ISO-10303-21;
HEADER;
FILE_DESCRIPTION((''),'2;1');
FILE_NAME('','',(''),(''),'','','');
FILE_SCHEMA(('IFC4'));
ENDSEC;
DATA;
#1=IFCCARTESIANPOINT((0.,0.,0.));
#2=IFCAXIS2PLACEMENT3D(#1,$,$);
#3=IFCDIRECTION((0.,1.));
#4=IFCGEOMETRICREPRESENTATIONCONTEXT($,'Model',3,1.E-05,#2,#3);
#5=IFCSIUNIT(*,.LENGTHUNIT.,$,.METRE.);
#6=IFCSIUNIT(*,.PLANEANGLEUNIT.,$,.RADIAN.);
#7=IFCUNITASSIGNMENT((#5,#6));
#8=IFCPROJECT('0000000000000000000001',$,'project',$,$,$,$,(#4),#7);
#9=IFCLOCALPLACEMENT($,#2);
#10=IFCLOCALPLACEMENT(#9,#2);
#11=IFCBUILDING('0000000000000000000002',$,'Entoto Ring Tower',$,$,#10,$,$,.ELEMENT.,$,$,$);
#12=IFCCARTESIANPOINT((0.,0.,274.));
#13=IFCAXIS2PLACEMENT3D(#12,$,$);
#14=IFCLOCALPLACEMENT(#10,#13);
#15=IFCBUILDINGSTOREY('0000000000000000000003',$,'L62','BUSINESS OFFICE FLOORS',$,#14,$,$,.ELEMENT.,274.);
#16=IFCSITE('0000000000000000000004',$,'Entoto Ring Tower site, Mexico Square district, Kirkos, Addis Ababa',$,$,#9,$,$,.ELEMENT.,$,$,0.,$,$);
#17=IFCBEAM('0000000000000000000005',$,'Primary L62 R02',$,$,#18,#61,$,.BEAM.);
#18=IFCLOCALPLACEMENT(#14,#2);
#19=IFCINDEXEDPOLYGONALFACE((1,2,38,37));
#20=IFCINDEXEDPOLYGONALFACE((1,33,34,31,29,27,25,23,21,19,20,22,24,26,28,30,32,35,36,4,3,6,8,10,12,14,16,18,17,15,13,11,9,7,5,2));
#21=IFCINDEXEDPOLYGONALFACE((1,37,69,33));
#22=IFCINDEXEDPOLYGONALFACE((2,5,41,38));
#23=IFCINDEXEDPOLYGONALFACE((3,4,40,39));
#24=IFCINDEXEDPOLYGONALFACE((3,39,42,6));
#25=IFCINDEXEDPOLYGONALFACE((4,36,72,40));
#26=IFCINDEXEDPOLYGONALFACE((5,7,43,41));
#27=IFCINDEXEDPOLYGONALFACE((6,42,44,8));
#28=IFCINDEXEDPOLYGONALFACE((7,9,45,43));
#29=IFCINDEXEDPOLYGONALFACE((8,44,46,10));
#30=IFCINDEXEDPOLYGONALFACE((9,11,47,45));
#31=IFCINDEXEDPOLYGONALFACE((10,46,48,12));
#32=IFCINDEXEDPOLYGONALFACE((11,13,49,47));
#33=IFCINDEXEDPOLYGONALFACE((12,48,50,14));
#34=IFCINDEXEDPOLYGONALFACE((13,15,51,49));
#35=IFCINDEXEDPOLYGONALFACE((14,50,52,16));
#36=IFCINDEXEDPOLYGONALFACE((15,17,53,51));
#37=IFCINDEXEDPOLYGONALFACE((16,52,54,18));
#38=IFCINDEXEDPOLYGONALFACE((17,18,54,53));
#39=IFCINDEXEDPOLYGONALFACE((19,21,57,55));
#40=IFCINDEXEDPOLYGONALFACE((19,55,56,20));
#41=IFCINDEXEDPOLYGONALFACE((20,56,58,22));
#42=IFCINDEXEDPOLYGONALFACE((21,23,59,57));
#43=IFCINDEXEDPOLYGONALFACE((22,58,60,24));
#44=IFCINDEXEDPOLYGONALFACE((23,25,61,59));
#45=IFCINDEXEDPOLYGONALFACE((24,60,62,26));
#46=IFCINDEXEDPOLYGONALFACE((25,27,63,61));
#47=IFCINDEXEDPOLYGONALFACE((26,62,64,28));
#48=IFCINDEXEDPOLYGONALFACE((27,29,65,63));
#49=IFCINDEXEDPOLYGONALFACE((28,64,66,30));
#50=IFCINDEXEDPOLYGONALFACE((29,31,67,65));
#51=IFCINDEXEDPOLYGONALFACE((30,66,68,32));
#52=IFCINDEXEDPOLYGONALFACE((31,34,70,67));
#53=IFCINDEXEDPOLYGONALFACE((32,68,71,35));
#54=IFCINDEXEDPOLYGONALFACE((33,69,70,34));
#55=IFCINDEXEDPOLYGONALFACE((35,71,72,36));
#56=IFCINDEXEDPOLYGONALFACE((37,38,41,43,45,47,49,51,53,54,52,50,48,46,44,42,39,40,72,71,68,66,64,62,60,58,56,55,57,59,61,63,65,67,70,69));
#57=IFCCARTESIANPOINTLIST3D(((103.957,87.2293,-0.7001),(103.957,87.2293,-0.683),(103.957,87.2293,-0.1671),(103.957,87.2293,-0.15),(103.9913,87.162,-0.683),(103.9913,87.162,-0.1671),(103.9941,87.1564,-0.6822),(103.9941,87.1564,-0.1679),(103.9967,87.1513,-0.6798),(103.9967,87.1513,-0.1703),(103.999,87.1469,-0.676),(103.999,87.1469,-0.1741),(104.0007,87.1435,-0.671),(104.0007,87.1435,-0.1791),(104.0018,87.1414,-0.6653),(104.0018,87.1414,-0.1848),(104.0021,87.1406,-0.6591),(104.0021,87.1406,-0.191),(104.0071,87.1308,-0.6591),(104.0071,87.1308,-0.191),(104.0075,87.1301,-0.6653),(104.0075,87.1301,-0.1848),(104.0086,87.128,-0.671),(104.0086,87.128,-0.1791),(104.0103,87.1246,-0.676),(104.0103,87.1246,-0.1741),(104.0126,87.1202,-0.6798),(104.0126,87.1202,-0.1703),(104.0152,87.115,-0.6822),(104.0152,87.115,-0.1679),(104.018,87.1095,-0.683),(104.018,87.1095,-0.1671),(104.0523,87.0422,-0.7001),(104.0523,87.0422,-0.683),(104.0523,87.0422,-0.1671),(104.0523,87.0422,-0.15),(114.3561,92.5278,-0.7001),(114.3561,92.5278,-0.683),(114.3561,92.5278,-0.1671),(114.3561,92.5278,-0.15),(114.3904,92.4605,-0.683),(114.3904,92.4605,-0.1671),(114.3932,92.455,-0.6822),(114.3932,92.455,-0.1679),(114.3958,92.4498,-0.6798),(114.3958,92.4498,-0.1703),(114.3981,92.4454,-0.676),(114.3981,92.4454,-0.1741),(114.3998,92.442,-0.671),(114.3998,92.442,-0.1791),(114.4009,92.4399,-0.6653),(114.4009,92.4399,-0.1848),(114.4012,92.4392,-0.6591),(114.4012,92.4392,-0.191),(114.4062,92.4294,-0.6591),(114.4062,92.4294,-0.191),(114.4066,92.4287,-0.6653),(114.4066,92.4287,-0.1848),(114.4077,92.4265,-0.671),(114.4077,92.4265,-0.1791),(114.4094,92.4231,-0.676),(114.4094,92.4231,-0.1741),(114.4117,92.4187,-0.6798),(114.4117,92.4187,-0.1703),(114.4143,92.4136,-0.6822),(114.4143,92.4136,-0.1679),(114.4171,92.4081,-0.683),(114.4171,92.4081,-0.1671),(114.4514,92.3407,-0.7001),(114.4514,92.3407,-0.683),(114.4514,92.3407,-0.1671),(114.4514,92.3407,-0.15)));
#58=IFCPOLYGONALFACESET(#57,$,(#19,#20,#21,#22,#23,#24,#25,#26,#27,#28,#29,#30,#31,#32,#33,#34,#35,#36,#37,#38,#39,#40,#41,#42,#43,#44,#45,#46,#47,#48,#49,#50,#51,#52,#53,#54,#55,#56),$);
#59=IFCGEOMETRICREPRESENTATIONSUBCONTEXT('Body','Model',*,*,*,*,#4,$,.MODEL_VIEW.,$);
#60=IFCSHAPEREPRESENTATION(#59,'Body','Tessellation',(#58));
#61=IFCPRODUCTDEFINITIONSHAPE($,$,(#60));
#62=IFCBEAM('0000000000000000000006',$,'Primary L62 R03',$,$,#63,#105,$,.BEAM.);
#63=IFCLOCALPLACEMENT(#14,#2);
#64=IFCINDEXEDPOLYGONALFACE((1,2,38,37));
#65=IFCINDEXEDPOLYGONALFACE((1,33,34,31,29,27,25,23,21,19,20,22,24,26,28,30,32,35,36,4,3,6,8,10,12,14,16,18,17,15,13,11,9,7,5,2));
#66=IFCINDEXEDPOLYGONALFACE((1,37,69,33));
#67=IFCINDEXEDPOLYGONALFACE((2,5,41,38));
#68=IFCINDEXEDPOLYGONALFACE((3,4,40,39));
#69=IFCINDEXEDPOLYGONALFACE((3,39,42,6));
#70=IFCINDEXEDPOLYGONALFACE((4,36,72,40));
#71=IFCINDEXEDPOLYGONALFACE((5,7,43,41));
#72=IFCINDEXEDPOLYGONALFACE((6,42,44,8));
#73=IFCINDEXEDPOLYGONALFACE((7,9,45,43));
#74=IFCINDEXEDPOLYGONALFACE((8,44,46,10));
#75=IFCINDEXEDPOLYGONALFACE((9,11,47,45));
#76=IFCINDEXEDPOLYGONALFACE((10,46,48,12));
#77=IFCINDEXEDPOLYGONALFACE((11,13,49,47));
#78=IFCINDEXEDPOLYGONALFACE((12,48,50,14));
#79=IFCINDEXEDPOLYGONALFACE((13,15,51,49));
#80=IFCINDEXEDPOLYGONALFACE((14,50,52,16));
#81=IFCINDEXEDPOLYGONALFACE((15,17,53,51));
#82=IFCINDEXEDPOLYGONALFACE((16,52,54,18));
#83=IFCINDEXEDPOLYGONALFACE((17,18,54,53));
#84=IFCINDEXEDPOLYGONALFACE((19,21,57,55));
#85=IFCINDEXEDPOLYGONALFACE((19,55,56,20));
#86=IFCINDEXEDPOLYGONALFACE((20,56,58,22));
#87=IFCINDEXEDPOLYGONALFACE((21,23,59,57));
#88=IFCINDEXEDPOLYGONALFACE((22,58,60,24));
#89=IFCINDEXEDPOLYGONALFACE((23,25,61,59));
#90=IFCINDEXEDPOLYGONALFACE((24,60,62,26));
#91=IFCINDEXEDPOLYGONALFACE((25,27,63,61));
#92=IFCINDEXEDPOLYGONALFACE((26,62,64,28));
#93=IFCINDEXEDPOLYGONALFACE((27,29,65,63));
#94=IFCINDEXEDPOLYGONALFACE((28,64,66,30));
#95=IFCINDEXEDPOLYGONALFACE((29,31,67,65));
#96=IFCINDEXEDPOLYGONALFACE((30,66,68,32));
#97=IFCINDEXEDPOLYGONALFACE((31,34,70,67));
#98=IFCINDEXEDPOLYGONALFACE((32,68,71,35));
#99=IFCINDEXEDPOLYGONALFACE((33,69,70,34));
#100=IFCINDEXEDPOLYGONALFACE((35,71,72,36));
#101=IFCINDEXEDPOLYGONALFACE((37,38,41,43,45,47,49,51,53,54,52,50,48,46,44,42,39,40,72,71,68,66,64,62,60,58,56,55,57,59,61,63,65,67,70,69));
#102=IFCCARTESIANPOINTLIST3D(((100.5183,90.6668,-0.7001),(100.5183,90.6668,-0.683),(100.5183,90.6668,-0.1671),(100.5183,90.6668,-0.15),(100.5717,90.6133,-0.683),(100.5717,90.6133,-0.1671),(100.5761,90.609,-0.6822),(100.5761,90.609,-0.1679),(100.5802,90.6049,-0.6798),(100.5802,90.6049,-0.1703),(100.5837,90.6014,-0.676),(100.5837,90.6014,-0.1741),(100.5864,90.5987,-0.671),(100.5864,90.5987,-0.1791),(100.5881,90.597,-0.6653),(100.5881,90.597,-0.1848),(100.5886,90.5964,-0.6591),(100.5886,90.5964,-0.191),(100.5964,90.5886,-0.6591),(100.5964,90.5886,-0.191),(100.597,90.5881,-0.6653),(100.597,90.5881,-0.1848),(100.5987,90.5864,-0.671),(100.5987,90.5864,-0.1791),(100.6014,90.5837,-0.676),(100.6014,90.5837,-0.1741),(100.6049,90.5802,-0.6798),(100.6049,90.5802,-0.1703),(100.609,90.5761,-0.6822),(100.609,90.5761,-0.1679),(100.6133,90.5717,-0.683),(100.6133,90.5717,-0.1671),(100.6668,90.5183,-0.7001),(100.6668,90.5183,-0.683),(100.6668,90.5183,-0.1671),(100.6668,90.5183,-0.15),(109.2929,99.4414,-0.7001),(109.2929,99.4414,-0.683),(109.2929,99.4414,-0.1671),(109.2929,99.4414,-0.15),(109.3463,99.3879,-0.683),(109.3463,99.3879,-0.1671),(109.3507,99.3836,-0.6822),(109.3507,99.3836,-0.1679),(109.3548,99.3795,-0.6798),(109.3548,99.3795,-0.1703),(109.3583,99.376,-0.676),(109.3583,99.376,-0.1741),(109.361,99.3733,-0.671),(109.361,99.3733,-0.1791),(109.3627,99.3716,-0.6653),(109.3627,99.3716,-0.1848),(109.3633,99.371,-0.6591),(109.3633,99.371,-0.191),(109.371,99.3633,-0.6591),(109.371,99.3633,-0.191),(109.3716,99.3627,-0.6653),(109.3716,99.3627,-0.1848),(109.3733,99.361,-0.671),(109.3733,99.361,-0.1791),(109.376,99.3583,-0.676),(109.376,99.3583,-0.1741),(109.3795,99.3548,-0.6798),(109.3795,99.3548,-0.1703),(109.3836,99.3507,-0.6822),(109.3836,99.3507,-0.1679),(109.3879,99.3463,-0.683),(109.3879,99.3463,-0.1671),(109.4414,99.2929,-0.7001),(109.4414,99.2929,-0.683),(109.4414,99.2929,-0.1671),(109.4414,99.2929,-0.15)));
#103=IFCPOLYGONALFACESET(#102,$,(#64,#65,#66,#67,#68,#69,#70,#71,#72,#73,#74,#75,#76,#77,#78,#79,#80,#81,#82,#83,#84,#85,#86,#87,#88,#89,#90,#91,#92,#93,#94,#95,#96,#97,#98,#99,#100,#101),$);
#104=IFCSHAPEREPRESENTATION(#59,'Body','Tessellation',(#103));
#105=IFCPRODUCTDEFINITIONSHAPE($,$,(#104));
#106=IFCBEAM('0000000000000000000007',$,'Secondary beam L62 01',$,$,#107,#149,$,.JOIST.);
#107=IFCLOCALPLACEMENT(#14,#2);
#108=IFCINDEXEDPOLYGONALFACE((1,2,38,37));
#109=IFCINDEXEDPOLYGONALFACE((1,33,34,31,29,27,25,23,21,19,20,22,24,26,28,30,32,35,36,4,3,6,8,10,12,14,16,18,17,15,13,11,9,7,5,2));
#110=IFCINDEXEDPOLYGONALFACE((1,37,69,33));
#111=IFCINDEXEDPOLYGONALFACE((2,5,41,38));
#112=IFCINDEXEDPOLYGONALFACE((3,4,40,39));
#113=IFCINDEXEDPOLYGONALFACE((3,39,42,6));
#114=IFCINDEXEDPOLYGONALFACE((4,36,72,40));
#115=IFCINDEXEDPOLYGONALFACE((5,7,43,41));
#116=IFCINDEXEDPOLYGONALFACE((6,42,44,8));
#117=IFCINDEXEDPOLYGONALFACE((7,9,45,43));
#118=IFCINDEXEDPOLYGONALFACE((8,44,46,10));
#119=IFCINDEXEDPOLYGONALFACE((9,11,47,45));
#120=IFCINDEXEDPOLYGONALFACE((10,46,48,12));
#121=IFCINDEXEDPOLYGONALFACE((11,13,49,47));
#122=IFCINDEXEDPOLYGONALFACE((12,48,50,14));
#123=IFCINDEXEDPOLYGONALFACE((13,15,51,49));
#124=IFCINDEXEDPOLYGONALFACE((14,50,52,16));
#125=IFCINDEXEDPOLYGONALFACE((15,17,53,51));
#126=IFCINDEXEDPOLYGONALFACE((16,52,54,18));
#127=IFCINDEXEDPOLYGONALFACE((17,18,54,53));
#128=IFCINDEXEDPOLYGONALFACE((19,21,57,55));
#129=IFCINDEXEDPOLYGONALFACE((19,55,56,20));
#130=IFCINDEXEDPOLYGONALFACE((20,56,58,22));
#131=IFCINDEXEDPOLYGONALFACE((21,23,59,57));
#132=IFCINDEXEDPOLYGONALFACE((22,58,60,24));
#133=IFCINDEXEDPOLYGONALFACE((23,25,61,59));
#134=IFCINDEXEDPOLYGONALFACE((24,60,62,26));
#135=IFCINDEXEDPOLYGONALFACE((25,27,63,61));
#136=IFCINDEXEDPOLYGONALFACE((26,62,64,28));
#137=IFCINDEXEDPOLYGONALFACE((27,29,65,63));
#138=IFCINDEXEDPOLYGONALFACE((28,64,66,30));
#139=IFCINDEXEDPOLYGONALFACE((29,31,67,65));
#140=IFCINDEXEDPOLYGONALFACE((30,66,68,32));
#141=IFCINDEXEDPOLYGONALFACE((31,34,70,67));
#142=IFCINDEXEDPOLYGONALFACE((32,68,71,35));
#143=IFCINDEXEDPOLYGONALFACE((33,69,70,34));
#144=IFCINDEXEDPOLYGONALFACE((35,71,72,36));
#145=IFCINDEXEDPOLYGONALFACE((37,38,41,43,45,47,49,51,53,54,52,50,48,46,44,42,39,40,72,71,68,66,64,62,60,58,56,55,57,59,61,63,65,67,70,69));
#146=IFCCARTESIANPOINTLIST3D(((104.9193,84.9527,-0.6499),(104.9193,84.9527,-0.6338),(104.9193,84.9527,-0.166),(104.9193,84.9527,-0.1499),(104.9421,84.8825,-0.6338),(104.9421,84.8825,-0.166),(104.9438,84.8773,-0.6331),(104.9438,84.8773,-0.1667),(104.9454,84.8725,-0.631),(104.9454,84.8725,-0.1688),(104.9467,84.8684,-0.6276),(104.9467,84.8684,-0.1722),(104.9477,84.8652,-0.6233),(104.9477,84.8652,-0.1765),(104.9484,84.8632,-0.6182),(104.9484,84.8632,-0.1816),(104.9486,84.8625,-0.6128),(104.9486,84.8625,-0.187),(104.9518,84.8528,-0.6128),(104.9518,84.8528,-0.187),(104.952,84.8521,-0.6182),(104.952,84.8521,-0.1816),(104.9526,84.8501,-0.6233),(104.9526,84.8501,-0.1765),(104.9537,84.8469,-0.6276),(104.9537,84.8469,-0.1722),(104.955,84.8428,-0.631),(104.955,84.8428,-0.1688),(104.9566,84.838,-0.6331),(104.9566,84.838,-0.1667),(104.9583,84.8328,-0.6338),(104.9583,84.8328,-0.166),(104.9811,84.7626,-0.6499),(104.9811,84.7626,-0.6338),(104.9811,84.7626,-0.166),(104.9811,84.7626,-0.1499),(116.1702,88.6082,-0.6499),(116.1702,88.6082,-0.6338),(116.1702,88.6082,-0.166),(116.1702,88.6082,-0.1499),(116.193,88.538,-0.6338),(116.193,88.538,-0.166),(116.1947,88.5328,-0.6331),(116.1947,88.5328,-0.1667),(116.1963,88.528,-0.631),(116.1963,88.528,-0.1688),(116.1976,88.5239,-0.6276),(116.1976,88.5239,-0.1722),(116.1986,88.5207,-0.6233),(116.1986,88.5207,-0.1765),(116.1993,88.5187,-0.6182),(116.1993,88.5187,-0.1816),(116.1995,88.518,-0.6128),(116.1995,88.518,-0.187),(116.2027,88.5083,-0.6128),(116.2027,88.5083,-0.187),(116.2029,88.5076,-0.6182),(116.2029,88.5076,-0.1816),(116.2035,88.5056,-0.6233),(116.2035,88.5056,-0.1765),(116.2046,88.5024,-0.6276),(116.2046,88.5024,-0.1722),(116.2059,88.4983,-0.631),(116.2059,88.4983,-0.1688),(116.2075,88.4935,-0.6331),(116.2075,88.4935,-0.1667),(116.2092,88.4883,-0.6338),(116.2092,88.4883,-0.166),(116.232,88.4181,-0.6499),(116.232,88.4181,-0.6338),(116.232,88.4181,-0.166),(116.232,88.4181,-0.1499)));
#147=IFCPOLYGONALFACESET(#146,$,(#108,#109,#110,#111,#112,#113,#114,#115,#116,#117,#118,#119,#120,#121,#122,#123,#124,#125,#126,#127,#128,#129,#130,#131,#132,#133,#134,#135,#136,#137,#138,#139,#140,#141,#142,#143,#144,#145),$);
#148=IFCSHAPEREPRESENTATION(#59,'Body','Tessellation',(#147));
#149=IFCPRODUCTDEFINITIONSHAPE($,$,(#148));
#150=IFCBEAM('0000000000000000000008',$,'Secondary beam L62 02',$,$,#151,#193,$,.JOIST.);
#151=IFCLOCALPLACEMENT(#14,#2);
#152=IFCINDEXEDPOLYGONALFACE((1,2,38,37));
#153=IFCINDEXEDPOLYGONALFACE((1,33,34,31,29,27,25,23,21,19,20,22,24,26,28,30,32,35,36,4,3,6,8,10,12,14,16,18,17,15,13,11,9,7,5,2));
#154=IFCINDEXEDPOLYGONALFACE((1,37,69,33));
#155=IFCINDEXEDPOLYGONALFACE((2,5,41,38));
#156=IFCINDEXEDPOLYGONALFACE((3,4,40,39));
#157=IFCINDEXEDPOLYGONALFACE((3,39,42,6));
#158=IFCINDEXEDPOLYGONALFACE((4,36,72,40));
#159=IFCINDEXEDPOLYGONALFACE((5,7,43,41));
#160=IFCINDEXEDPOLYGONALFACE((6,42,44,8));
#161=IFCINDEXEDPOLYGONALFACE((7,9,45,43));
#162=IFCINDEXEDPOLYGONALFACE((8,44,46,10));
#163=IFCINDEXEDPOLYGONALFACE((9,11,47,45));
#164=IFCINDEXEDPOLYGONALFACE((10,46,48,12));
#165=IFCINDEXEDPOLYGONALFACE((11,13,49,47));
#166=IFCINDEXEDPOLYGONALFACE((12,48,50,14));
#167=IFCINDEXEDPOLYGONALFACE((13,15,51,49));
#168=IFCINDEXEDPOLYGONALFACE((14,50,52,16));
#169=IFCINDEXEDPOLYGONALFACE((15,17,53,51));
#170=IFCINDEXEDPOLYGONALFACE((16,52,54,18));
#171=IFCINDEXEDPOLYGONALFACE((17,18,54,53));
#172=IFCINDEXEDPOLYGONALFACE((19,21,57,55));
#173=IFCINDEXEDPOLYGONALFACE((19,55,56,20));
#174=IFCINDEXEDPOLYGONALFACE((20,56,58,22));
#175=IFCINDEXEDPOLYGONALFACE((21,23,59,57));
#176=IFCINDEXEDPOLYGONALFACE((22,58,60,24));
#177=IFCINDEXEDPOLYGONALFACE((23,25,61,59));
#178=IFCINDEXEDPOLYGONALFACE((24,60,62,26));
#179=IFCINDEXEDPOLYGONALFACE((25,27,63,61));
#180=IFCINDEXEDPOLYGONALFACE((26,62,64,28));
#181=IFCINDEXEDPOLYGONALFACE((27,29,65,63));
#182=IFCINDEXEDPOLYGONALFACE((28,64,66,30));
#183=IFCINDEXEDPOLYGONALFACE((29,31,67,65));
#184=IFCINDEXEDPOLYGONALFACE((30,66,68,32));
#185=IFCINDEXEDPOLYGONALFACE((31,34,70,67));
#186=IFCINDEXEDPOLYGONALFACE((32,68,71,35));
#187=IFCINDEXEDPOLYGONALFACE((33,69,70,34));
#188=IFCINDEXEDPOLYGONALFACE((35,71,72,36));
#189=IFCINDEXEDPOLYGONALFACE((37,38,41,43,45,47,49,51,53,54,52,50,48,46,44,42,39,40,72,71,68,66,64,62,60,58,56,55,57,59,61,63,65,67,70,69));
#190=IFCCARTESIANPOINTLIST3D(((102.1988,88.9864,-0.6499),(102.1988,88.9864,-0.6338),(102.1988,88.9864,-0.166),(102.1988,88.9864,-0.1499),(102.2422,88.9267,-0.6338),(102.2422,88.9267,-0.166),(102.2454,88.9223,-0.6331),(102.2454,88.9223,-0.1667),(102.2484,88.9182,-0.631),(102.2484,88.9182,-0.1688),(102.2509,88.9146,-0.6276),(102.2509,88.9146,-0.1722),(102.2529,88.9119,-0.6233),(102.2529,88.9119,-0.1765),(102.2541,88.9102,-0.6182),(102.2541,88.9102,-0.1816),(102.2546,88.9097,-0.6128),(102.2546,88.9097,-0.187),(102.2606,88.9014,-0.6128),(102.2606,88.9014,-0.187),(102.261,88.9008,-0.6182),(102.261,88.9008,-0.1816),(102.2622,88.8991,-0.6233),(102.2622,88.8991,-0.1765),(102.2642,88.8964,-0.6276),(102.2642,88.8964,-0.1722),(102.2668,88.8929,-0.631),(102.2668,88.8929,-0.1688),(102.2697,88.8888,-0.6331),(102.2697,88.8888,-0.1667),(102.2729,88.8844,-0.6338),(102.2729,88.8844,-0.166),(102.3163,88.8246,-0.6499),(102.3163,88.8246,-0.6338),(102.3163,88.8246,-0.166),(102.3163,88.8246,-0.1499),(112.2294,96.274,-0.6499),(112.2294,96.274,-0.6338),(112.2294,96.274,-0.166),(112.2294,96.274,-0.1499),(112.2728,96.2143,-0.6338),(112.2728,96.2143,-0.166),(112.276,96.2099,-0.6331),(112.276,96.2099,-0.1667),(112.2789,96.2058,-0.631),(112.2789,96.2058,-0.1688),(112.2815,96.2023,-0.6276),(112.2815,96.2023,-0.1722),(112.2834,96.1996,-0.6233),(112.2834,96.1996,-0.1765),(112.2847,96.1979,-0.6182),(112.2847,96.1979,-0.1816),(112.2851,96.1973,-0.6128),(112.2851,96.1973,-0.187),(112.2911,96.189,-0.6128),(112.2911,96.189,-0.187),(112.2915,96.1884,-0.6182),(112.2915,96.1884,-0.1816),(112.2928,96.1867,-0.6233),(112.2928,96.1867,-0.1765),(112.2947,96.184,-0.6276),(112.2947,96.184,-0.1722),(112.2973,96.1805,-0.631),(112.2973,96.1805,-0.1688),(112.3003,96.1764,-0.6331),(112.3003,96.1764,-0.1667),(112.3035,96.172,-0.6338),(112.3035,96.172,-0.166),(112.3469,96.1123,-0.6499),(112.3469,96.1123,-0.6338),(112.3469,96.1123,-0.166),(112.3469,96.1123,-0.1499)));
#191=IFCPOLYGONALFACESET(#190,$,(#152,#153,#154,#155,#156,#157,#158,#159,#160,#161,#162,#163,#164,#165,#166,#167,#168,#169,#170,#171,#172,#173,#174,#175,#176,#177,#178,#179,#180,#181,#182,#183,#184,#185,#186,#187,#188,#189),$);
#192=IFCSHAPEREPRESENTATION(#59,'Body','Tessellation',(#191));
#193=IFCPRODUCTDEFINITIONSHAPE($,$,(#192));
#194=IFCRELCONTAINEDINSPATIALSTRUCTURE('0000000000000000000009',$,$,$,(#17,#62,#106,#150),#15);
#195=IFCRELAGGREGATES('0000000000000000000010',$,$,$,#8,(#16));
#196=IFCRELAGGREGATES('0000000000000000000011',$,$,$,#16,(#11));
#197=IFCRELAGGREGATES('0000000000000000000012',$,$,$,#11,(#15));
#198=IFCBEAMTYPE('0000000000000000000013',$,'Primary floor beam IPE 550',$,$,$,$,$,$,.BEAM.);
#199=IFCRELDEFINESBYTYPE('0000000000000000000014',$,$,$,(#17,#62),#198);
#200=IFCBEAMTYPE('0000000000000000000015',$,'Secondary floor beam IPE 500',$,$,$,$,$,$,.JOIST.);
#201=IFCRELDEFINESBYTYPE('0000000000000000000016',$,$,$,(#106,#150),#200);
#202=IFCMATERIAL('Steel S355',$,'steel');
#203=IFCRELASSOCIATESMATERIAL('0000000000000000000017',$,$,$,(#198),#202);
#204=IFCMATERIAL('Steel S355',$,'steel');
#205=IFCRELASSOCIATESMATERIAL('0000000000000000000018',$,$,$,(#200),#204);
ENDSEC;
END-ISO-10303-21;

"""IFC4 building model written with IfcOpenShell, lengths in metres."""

from ifc_helpers import new_model, si_unit, direction, frame, origin, origin_2d, place, context, subcontext, project, spatial, i_section, extrude, material, material_profile, profile_set, type_object, element, save


model = new_model("IFC4")

# Units and contexts
model_context = context("Model", 3, precision=1e-05, world=origin(), true_north=direction((0.0, 1.0)))
body_context = subcontext(model_context, "Body", "Model", "MODEL_VIEW")
ifc_project = project(units=[si_unit("LENGTHUNIT", "METRE"), si_unit("PLANEANGLEUNIT", "RADIAN")], contexts=[model_context])

# Site, building, storey
site_placement = place(None, origin())
site = spatial("IfcSite", under=ifc_project, at=site_placement, Name="Entoto Ring Tower site, Mexico Square district, Kirkos, Addis Ababa", CompositionType="ELEMENT", RefElevation=0.0)
building_placement = place(site_placement, origin())
building = spatial("IfcBuilding", under=site, at=building_placement, Name="Entoto Ring Tower", CompositionType="ELEMENT")
storey_placement = place(building_placement, frame((0.0, 0.0, 274.0)))
storey = spatial("IfcBuildingStorey", under=building, at=storey_placement, Name="L62", Description="BUSINESS OFFICE FLOORS", CompositionType="ELEMENT", Elevation=274.0)

# Beams
ifc_material_1 = material(Name="Steel S355", Category="steel")
ifc_material_profile_1 = material_profile(ifc_material_1, i_section(OverallWidth=0.21, OverallDepth=0.55, WebThickness=0.011, FlangeThickness=0.0171, FilletRadius=0.0239, at=origin_2d()), Name="IPE 550")
ifc_profile_set_1 = profile_set([ifc_material_profile_1], Name="Steel S355")
beam_type_1 = type_object("IfcBeamType", Name="Primary floor beam IPE 550", PredefinedType="BEAM", material=ifc_profile_set_1)
beam_1_placement = place(storey_placement, frame((104.0046, 87.1357, -0.425), z_axis=(0.891009, 0.453987, 0.0), x_axis=(-0.453987, 0.891009, 0.0)))
element("IfcBeam", 1, at=beam_1_placement, inside=storey, type_object=beam_type_1, Name="Primary L62 R02", PredefinedType="BEAM", context=body_context, shape_type="SweptSolid", body=[
    extrude(i_section(OverallWidth=0.21, OverallDepth=0.55, WebThickness=0.011, FlangeThickness=0.0171, FilletRadius=0.0239, at=origin_2d()), origin(), (0.0, 0.0, 1.0), 11.6711),
])
beam_2_placement = place(storey_placement, frame((100.5925, 90.5925, -0.425), z_axis=(0.707107, 0.707107, 0.0), x_axis=(-0.707107, 0.707107, 0.0)))
element("IfcBeam", 2, at=beam_2_placement, inside=storey, type_object=beam_type_1, Name="Primary L62 R03", PredefinedType="BEAM", context=body_context, shape_type="SweptSolid", body=[
    extrude(i_section(OverallWidth=0.21, OverallDepth=0.55, WebThickness=0.011, FlangeThickness=0.0171, FilletRadius=0.0239, at=origin_2d()), origin(), (0.0, 0.0, 1.0), 12.4092),
])
ifc_material_2 = material(Name="Steel S355", Category="steel")
ifc_material_profile_2 = material_profile(ifc_material_2, i_section(OverallWidth=0.2, OverallDepth=0.5, WebThickness=0.0103, FlangeThickness=0.0161, FilletRadius=0.021, at=origin_2d()), Name="IPE 500")
ifc_profile_set_2 = profile_set([ifc_material_profile_2], Name="Steel S355")
beam_type_2 = type_object("IfcBeamType", Name="Secondary floor beam IPE 500", PredefinedType="JOIST", material=ifc_profile_set_2)
beam_3_placement = place(storey_placement, frame((104.9502, 84.8577, -0.3999), z_axis=(0.95106, 0.309006, 0.0), x_axis=(-0.309006, 0.95106, 0.0)))
element("IfcBeam", 3, at=beam_3_placement, inside=storey, type_object=beam_type_2, Name="Secondary beam L62 01", PredefinedType="JOIST", context=body_context, shape_type="SweptSolid", body=[
    extrude(i_section(OverallWidth=0.2, OverallDepth=0.5, WebThickness=0.0103, FlangeThickness=0.0161, FilletRadius=0.021, at=origin_2d()), origin(), (0.0, 0.0, 1.0), 11.8298),
])
beam_4_placement = place(storey_placement, frame((102.2576, 88.9055, -0.3999), z_axis=(0.809017, 0.587785, 0.0), x_axis=(-0.587785, 0.809017, 0.0)))
element("IfcBeam", 4, at=beam_4_placement, inside=storey, type_object=beam_type_2, Name="Secondary beam L62 02", PredefinedType="JOIST", context=body_context, shape_type="SweptSolid", body=[
    extrude(i_section(OverallWidth=0.2, OverallDepth=0.5, WebThickness=0.0103, FlangeThickness=0.0161, FilletRadius=0.021, at=origin_2d()), origin(), (0.0, 0.0, 1.0), 12.3984),
])

save(model, "model.ifc")
